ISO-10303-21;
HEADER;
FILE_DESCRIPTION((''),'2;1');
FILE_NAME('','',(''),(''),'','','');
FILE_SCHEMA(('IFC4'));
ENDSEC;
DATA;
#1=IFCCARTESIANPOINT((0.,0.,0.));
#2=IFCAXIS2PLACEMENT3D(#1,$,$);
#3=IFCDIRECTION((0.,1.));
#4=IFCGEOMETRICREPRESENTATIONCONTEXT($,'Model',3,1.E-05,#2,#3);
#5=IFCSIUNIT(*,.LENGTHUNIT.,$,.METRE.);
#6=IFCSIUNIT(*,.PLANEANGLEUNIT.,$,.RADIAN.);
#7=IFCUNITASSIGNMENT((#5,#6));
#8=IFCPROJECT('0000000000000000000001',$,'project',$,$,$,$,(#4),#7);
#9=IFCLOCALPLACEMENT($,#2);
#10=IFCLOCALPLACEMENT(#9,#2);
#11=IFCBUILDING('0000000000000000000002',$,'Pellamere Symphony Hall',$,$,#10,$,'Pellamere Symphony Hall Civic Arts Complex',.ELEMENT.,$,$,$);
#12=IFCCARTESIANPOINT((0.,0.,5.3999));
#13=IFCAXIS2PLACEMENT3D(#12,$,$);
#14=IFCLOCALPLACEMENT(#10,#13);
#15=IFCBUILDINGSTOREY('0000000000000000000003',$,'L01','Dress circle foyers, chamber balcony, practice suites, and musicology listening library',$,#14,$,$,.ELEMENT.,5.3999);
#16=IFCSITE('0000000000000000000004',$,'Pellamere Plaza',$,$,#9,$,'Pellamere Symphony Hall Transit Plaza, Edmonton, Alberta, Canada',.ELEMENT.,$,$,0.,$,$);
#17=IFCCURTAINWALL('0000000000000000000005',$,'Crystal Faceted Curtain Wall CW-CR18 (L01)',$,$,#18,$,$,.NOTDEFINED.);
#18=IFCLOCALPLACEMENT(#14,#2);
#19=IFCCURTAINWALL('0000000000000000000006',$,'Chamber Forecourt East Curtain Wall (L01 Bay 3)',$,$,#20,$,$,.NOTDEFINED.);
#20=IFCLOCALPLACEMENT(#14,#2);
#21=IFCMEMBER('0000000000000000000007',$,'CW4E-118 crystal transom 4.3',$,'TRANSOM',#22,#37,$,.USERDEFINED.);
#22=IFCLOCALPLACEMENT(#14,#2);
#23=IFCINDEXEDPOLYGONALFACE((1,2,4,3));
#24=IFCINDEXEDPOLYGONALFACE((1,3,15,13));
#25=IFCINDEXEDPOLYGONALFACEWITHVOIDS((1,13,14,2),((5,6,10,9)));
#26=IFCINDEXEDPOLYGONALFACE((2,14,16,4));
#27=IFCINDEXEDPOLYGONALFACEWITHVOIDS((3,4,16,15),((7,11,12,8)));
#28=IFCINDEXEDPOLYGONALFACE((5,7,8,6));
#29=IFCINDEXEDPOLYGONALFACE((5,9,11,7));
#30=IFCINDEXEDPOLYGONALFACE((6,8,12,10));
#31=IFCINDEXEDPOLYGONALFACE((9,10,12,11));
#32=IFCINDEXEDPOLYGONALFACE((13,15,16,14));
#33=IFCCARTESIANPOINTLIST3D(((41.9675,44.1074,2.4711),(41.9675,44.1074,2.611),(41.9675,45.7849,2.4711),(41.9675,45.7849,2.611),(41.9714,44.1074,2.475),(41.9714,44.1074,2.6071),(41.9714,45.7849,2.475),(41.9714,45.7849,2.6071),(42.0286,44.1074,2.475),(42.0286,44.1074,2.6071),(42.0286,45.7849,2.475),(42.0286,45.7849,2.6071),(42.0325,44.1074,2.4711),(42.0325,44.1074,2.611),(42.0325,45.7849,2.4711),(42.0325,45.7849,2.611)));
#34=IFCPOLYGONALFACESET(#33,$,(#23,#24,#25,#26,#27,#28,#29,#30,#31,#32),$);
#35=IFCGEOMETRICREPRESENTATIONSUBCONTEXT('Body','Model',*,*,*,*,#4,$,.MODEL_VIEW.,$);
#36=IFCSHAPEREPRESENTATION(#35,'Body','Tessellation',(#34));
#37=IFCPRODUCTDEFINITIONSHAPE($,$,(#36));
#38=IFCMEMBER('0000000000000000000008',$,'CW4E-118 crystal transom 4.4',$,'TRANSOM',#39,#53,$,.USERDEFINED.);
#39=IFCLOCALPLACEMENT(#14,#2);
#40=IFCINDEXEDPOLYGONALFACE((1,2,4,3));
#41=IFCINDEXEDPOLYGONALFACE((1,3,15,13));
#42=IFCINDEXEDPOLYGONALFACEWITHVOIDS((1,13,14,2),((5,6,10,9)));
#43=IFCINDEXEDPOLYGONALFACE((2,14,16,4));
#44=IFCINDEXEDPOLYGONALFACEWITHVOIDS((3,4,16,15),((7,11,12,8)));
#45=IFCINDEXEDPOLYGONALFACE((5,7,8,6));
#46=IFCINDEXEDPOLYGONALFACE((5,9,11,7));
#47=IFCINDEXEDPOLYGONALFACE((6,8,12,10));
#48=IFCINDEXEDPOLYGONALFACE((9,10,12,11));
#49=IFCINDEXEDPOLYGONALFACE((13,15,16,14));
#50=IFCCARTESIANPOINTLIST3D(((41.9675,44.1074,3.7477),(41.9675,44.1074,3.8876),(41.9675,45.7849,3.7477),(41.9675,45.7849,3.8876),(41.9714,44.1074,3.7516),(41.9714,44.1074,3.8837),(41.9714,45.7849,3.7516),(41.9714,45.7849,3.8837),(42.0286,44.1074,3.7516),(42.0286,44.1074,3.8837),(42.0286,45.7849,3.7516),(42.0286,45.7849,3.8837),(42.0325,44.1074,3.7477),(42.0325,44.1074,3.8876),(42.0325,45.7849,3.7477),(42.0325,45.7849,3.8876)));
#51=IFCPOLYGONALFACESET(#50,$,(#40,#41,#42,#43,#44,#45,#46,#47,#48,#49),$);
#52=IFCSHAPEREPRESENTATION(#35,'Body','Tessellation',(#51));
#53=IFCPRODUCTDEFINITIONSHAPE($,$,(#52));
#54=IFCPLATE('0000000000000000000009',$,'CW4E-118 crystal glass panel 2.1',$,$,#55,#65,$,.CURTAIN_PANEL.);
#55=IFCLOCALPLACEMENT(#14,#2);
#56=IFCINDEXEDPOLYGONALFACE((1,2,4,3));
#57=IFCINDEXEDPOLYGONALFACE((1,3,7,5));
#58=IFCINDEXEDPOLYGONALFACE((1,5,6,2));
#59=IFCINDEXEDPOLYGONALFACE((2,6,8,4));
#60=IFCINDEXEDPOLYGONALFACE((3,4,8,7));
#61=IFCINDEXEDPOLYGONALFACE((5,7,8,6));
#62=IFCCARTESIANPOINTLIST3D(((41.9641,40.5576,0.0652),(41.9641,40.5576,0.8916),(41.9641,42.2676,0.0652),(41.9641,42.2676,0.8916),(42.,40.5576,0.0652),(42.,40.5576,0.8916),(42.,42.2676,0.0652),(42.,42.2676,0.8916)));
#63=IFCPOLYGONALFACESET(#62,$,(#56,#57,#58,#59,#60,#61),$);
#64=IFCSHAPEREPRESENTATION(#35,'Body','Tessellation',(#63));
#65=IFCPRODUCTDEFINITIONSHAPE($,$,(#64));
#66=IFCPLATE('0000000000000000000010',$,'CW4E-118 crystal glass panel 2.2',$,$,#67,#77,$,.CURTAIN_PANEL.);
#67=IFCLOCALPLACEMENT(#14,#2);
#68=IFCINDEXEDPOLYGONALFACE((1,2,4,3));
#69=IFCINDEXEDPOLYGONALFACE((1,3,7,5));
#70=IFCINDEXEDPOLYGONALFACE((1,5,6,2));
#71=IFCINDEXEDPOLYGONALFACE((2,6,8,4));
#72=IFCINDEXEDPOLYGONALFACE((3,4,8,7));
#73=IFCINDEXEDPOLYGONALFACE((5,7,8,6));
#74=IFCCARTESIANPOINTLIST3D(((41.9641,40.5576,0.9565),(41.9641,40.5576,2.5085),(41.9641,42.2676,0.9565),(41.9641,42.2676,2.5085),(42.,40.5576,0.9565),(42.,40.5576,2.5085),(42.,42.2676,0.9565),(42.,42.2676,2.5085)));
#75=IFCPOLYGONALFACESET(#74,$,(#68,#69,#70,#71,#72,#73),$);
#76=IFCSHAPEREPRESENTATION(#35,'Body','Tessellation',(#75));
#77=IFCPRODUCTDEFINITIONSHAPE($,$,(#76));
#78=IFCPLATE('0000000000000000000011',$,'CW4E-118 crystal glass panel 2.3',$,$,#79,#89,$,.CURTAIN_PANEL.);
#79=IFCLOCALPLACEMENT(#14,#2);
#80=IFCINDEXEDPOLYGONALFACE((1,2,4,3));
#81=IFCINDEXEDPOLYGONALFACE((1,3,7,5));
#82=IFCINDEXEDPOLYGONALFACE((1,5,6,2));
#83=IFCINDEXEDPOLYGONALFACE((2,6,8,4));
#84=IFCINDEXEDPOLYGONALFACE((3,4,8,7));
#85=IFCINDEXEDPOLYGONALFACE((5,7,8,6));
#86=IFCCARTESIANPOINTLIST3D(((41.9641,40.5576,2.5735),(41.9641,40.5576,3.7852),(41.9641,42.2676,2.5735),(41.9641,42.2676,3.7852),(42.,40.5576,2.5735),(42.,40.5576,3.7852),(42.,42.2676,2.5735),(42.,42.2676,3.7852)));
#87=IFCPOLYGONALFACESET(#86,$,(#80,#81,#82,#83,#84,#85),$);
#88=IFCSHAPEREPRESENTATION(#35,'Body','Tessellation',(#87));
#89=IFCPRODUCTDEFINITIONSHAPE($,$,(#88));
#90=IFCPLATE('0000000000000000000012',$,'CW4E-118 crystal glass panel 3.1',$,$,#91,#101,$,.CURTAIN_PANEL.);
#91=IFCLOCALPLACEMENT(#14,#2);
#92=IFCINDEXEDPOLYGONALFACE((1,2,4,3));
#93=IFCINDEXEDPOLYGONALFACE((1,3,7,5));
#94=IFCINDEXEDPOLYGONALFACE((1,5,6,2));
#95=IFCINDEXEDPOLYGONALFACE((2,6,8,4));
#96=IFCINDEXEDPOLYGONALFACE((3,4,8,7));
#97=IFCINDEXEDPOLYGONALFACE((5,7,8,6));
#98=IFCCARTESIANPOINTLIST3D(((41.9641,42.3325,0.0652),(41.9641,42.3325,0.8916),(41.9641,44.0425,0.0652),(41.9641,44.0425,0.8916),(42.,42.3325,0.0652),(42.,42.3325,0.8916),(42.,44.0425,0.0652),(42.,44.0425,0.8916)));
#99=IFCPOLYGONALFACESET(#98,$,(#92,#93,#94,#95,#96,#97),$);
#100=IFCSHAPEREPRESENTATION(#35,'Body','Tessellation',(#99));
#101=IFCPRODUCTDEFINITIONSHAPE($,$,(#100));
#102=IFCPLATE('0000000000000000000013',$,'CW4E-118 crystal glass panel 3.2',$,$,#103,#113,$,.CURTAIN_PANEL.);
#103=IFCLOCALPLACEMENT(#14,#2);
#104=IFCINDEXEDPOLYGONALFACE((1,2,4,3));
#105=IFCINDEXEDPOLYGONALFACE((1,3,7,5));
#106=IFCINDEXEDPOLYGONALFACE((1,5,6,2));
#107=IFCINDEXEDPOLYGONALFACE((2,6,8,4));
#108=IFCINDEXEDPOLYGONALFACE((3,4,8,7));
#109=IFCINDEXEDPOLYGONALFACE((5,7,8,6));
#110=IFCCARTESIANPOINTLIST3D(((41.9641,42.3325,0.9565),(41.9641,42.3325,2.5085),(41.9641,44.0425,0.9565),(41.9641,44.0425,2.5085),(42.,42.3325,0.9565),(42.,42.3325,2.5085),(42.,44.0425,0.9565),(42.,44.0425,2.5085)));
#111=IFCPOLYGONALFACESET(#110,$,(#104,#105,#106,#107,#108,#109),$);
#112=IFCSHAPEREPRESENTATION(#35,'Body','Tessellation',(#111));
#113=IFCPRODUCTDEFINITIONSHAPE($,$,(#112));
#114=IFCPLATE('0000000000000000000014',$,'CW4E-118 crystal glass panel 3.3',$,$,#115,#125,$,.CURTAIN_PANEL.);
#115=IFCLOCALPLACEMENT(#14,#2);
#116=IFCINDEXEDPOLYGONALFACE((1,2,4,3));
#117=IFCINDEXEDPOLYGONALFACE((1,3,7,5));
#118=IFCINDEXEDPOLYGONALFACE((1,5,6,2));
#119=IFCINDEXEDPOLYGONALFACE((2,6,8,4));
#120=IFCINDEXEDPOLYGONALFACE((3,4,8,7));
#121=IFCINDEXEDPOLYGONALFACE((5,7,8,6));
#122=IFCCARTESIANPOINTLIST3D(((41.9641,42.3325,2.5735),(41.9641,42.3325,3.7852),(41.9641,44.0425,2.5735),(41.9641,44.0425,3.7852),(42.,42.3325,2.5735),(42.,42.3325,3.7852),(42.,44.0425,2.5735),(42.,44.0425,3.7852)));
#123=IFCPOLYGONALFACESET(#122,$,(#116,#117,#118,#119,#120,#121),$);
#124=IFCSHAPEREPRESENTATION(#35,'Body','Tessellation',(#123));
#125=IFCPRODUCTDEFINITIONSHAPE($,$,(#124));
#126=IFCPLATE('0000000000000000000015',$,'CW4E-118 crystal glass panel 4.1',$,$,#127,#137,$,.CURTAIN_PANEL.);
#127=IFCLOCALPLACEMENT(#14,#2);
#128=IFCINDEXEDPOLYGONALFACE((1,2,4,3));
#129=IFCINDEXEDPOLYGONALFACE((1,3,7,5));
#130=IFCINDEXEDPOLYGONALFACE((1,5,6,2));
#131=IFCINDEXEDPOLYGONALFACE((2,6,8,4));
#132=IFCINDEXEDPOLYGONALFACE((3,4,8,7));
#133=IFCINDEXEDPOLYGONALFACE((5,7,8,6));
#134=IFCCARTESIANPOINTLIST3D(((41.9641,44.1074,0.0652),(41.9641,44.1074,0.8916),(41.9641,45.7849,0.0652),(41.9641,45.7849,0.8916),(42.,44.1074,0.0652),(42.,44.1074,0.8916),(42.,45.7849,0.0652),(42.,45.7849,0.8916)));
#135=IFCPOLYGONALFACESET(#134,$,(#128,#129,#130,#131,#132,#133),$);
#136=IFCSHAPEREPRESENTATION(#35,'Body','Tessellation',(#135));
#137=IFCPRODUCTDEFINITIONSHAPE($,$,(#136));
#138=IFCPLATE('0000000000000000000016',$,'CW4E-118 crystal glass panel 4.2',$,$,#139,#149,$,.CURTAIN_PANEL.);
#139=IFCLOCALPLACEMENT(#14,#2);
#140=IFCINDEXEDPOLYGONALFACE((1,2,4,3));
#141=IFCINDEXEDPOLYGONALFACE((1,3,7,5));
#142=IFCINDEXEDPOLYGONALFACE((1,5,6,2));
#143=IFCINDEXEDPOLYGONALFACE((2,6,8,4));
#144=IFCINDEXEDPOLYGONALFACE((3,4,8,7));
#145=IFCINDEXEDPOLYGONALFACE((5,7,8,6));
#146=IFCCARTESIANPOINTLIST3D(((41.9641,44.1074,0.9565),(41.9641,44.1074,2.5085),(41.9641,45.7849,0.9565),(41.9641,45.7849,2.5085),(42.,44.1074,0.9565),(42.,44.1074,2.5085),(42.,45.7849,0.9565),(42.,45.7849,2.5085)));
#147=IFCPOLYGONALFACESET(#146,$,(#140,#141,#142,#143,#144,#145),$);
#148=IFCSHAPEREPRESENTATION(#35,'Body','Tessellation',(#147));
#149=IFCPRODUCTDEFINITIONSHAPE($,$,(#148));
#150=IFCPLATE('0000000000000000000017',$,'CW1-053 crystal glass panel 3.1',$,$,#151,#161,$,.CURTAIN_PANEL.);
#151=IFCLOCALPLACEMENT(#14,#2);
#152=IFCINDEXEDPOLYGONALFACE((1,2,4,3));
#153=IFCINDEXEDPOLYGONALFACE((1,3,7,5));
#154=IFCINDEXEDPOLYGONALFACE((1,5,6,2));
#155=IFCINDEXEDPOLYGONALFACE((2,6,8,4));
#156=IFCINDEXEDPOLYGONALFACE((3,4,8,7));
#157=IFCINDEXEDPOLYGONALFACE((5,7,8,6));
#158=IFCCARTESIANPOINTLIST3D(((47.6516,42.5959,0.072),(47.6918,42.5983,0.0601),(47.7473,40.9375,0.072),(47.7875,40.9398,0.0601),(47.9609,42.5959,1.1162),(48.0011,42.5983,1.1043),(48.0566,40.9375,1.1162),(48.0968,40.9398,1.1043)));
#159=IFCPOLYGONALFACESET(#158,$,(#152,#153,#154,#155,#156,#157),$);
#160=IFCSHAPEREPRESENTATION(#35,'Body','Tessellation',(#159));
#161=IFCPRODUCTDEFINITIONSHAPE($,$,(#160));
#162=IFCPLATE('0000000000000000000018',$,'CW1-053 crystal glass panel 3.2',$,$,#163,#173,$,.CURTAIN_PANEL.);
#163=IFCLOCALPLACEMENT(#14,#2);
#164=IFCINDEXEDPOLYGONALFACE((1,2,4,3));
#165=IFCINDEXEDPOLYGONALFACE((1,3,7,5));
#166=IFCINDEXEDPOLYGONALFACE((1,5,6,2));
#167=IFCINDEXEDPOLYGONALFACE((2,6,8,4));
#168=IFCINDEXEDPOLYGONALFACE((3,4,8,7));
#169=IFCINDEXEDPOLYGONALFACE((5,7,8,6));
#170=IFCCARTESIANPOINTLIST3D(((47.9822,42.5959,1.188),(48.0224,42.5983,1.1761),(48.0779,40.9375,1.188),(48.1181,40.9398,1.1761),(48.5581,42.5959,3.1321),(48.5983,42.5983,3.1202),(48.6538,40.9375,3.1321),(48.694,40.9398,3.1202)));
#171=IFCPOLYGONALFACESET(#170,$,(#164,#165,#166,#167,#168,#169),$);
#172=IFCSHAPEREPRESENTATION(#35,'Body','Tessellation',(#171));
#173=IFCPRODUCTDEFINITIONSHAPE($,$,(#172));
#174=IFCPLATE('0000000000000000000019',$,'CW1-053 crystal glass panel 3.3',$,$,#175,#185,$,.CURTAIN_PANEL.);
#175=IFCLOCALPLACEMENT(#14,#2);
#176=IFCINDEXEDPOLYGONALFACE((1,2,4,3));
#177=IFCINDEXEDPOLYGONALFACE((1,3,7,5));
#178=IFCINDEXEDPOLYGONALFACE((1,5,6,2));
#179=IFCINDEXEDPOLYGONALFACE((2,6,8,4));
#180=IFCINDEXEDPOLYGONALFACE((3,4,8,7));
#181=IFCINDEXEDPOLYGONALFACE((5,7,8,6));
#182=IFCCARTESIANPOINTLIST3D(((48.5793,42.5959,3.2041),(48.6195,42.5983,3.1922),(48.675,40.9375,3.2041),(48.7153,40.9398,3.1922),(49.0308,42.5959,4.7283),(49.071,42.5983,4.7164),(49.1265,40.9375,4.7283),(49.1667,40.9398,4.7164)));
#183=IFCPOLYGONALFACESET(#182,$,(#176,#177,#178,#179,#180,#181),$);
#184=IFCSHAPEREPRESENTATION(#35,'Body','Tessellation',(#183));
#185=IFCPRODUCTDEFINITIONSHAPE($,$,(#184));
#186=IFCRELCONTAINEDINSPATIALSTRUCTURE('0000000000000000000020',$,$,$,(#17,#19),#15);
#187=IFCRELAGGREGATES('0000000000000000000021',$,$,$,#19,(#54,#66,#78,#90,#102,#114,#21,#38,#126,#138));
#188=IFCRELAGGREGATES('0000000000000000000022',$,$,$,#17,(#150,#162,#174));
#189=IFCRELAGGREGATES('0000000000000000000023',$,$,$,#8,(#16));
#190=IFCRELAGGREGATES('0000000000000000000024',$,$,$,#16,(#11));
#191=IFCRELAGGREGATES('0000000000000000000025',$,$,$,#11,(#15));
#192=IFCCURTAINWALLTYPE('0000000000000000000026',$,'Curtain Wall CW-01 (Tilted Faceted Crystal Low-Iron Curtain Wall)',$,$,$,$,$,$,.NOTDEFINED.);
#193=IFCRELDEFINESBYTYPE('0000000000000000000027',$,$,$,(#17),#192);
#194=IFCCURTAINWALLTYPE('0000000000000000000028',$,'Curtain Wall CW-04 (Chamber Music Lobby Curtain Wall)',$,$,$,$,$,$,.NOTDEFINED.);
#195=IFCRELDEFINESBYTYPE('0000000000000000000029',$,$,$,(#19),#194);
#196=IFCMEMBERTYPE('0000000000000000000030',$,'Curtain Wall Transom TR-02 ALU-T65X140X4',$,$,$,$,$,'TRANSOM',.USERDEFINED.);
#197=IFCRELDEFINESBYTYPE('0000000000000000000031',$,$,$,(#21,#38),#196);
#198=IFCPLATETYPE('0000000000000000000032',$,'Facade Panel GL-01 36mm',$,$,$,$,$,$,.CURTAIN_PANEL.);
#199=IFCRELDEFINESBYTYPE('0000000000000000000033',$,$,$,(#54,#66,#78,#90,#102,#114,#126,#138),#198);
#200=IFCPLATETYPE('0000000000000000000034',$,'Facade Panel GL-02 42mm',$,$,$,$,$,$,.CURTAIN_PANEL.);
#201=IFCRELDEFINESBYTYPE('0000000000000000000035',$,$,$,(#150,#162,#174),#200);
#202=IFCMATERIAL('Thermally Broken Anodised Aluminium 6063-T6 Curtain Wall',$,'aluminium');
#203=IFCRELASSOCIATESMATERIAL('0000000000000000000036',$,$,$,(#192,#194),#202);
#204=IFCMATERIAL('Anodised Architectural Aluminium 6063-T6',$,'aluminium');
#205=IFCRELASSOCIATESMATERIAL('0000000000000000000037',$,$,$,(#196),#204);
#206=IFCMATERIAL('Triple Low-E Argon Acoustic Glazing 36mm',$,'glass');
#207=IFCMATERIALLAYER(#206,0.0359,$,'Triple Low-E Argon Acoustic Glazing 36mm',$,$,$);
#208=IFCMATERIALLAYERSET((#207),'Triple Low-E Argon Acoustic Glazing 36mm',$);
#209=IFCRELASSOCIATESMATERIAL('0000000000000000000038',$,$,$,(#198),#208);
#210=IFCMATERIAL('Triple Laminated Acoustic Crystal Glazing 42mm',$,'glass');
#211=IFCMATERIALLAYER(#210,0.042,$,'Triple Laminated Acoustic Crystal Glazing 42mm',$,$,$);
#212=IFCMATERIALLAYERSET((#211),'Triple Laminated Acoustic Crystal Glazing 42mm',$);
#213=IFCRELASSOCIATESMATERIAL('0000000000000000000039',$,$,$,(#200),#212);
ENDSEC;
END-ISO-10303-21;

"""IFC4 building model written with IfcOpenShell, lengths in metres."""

from ifc_helpers import new_model, si_unit, direction, frame, origin, origin_2d, place, context, subcontext, project, spatial, polyline, hollow_rectangle, outline, extrude, material, layer, layer_set, material_profile, profile_set, type_object, element, aggregate, save


model = new_model("IFC4")

# Units and contexts
model_context = context("Model", 3, precision=1e-05, world=origin(), true_north=direction((0.0, 1.0)))
body_context = subcontext(model_context, "Body", "Model", "MODEL_VIEW")
ifc_project = project(units=[si_unit("LENGTHUNIT", "METRE"), si_unit("PLANEANGLEUNIT", "RADIAN")], contexts=[model_context])

# Site, building, storey
site_placement = place(None, origin())
site = spatial("IfcSite", under=ifc_project, at=site_placement, Name="Pellamere Plaza", LongName="Pellamere Symphony Hall Transit Plaza, Edmonton, Alberta, Canada", CompositionType="ELEMENT", RefElevation=0.0)
building_placement = place(site_placement, origin())
building = spatial("IfcBuilding", under=site, at=building_placement, Name="Pellamere Symphony Hall", LongName="Pellamere Symphony Hall Civic Arts Complex", CompositionType="ELEMENT")
storey_placement = place(building_placement, frame((0.0, 0.0, 5.3999)))
storey = spatial("IfcBuildingStorey", under=building, at=storey_placement, Name="L01", Description="Dress circle foyers, chamber balcony, practice suites, and musicology listening library", CompositionType="ELEMENT", Elevation=5.3999)

# Curtain walls
ifc_material_1 = material(Name="Thermally Broken Anodised Aluminium 6063-T6 Curtain Wall", Category="aluminium")
curtain_wall_type_1 = type_object("IfcCurtainWallType", Name="Curtain Wall CW-01 (Tilted Faceted Crystal Low-Iron Curtain Wall)", PredefinedType="NOTDEFINED", material=ifc_material_1)
curtain_wall_1_placement = place(storey_placement, origin())
curtain_wall_1 = element("IfcCurtainWall", 1, at=curtain_wall_1_placement, inside=storey, type_object=curtain_wall_type_1, Name="Crystal Faceted Curtain Wall CW-CR18 (L01)", PredefinedType="NOTDEFINED")
ifc_material_2 = material(Name="Anodised Architectural Aluminium 6063-T6", Category="aluminium")
curtain_wall_type_2 = type_object("IfcCurtainWallType", Name="Curtain Wall CW-04 (Chamber Music Lobby Curtain Wall)", PredefinedType="NOTDEFINED", material=ifc_material_1)
curtain_wall_2_placement = place(storey_placement, origin())
curtain_wall_2 = element("IfcCurtainWall", 2, at=curtain_wall_2_placement, inside=storey, type_object=curtain_wall_type_2, Name="Chamber Forecourt East Curtain Wall (L01 Bay 3)", PredefinedType="NOTDEFINED")

# Members
ifc_material_profile_1 = material_profile(ifc_material_2, hollow_rectangle(XDim=0.0649, YDim=0.1399, WallThickness=0.0039, at=origin_2d()), Name="ALU-T65X140X4")
ifc_profile_set_1 = profile_set([ifc_material_profile_1], Name="Anodised Architectural Aluminium 6063-T6")
member_type_1 = type_object("IfcMemberType", Name="Curtain Wall Transom TR-02 ALU-T65X140X4", ElementType="TRANSOM", PredefinedType="USERDEFINED", material=ifc_profile_set_1)
member_1_placement = place(storey_placement, frame((42.0, 44.1074, 2.541), z_axis=(0.0, 1.0, 0.0), x_axis=(-1.0, 0.0, 0.0)))
member_1 = element("IfcMember", 3, at=member_1_placement, type_object=member_type_1, Name="CW4E-118 crystal transom 4.3", ObjectType="TRANSOM", PredefinedType="USERDEFINED", context=body_context, shape_type="SweptSolid", body=[
    extrude(hollow_rectangle(XDim=0.0649, YDim=0.1399, WallThickness=0.0039, at=origin_2d()), origin(), (0.0, 0.0, 1.0), 1.6775),
])
member_2_placement = place(storey_placement, frame((42.0, 44.1074, 3.8176), z_axis=(0.0, 1.0, 0.0), x_axis=(-1.0, 0.0, 0.0)))
member_2 = element("IfcMember", 4, at=member_2_placement, type_object=member_type_1, Name="CW4E-118 crystal transom 4.4", ObjectType="TRANSOM", PredefinedType="USERDEFINED", context=body_context, shape_type="SweptSolid", body=[
    extrude(hollow_rectangle(XDim=0.0649, YDim=0.1399, WallThickness=0.0039, at=origin_2d()), origin(), (0.0, 0.0, 1.0), 1.6775),
])

# Plates
ifc_material_3 = material(Name="Triple Low-E Argon Acoustic Glazing 36mm", Category="glass")
ifc_layer_1 = layer(ifc_material_3, 0.0359, Name="Triple Low-E Argon Acoustic Glazing 36mm")
ifc_layer_set_1 = layer_set([ifc_layer_1], Name="Triple Low-E Argon Acoustic Glazing 36mm")
plate_type_1 = type_object("IfcPlateType", Name="Facade Panel GL-01 36mm", PredefinedType="CURTAIN_PANEL", material=ifc_layer_set_1)
plate_1_placement = place(storey_placement, frame((42.0, 40.5576, 0.0652), z_axis=(1.0, 0.0, 0.0), x_axis=(0.0, 1.0, 0.0)))
plate_1 = element("IfcPlate", 5, at=plate_1_placement, type_object=plate_type_1, Name="CW4E-118 crystal glass panel 2.1", PredefinedType="CURTAIN_PANEL", context=body_context, shape_type="SweptSolid", body=[
    extrude(outline(polyline([(0.0, 0.0), (1.71, 0.0), (1.71, 0.8264), (0.0, 0.8264), (0.0, 0.0)])), origin(), (0.0, 0.0, -1.0), 0.0359),
])
plate_2_placement = place(storey_placement, frame((42.0, 40.5576, 0.9565), z_axis=(1.0, 0.0, 0.0), x_axis=(0.0, 1.0, 0.0)))
plate_2 = element("IfcPlate", 6, at=plate_2_placement, type_object=plate_type_1, Name="CW4E-118 crystal glass panel 2.2", PredefinedType="CURTAIN_PANEL", context=body_context, shape_type="SweptSolid", body=[
    extrude(outline(polyline([(0.0, 0.0), (1.71, 0.0), (1.71, 1.552), (0.0, 1.552), (0.0, 0.0)])), origin(), (0.0, 0.0, -1.0), 0.0359),
])
plate_3_placement = place(storey_placement, frame((42.0, 40.5576, 2.5735), z_axis=(1.0, 0.0, 0.0), x_axis=(0.0, 1.0, 0.0)))
plate_3 = element("IfcPlate", 7, at=plate_3_placement, type_object=plate_type_1, Name="CW4E-118 crystal glass panel 2.3", PredefinedType="CURTAIN_PANEL", context=body_context, shape_type="SweptSolid", body=[
    extrude(outline(polyline([(0.0, 0.0), (1.71, 0.0), (1.71, 1.2117), (0.0, 1.2117), (0.0, 0.0)])), origin(), (0.0, 0.0, -1.0), 0.0359),
])
plate_4_placement = place(storey_placement, frame((42.0, 42.3325, 0.0652), z_axis=(1.0, 0.0, 0.0), x_axis=(0.0, 1.0, 0.0)))
plate_4 = element("IfcPlate", 8, at=plate_4_placement, type_object=plate_type_1, Name="CW4E-118 crystal glass panel 3.1", PredefinedType="CURTAIN_PANEL", context=body_context, shape_type="SweptSolid", body=[
    extrude(outline(polyline([(0.0, 0.0), (1.71, 0.0), (1.71, 0.8264), (0.0, 0.8264), (0.0, 0.0)])), origin(), (0.0, 0.0, -1.0), 0.0359),
])
plate_5_placement = place(storey_placement, frame((42.0, 42.3325, 0.9565), z_axis=(1.0, 0.0, 0.0), x_axis=(0.0, 1.0, 0.0)))
plate_5 = element("IfcPlate", 9, at=plate_5_placement, type_object=plate_type_1, Name="CW4E-118 crystal glass panel 3.2", PredefinedType="CURTAIN_PANEL", context=body_context, shape_type="SweptSolid", body=[
    extrude(outline(polyline([(0.0, 0.0), (1.71, 0.0), (1.71, 1.552), (0.0, 1.552), (0.0, 0.0)])), origin(), (0.0, 0.0, -1.0), 0.0359),
])
plate_6_placement = place(storey_placement, frame((42.0, 42.3325, 2.5735), z_axis=(1.0, 0.0, 0.0), x_axis=(0.0, 1.0, 0.0)))
plate_6 = element("IfcPlate", 10, at=plate_6_placement, type_object=plate_type_1, Name="CW4E-118 crystal glass panel 3.3", PredefinedType="CURTAIN_PANEL", context=body_context, shape_type="SweptSolid", body=[
    extrude(outline(polyline([(0.0, 0.0), (1.71, 0.0), (1.71, 1.2117), (0.0, 1.2117), (0.0, 0.0)])), origin(), (0.0, 0.0, -1.0), 0.0359),
])
plate_7_placement = place(storey_placement, frame((42.0, 44.1074, 0.0652), z_axis=(1.0, 0.0, 0.0), x_axis=(0.0, 1.0, 0.0)))
plate_7 = element("IfcPlate", 11, at=plate_7_placement, type_object=plate_type_1, Name="CW4E-118 crystal glass panel 4.1", PredefinedType="CURTAIN_PANEL", context=body_context, shape_type="SweptSolid", body=[
    extrude(outline(polyline([(0.0, 0.0), (1.6775, 0.0), (1.6775, 0.8264), (0.0, 0.8264), (0.0, 0.0)])), origin(), (0.0, 0.0, -1.0), 0.0359),
])
plate_8_placement = place(storey_placement, frame((42.0, 44.1074, 0.9565), z_axis=(1.0, 0.0, 0.0), x_axis=(0.0, 1.0, 0.0)))
plate_8 = element("IfcPlate", 12, at=plate_8_placement, type_object=plate_type_1, Name="CW4E-118 crystal glass panel 4.2", PredefinedType="CURTAIN_PANEL", context=body_context, shape_type="SweptSolid", body=[
    extrude(outline(polyline([(0.0, 0.0), (1.6775, 0.0), (1.6775, 1.552), (0.0, 1.552), (0.0, 0.0)])), origin(), (0.0, 0.0, -1.0), 0.0359),
])
aggregate(curtain_wall_2, [plate_1, plate_2, plate_3, plate_4, plate_5, plate_6, member_1, member_2, plate_7, plate_8])
ifc_material_4 = material(Name="Triple Laminated Acoustic Crystal Glazing 42mm", Category="glass")
ifc_layer_2 = layer(ifc_material_4, 0.042, Name="Triple Laminated Acoustic Crystal Glazing 42mm")
ifc_layer_set_2 = layer_set([ifc_layer_2], Name="Triple Laminated Acoustic Crystal Glazing 42mm")
plate_type_2 = type_object("IfcPlateType", Name="Facade Panel GL-02 42mm", PredefinedType="CURTAIN_PANEL", material=ifc_layer_set_2)
plate_9_placement = place(storey_placement, frame((47.6516, 42.5959, 0.072), z_axis=(-0.95735, -0.055245, 0.283601), x_axis=(0.057611, -0.998339, 0.0)))
plate_9 = element("IfcPlate", 13, at=plate_9_placement, type_object=plate_type_2, Name="CW1-053 crystal glass panel 3.1", PredefinedType="CURTAIN_PANEL", context=body_context, shape_type="SweptSolid", body=[
    extrude(outline(polyline([(0.0, 0.0), (1.6612, 0.0), (1.679, 1.0889), (0.0178, 1.0889), (0.0, 0.0)])), origin(), (0.0, 0.0, -1.0), 0.042),
])
plate_10_placement = place(storey_placement, frame((47.9822, 42.5959, 1.188), z_axis=(-0.957347, -0.055245, 0.283609), x_axis=(0.057611, -0.998339, 0.0)))
plate_10 = element("IfcPlate", 14, at=plate_10_placement, type_object=plate_type_2, Name="CW1-053 crystal glass panel 3.2", PredefinedType="CURTAIN_PANEL", context=body_context, shape_type="SweptSolid", body=[
    extrude(outline(polyline([(0.0, 0.0), (1.6612, 0.0), (1.6944, 2.0273), (0.0332, 2.0273), (0.0, 0.0)])), origin(), (0.0, 0.0, -1.0), 0.042),
])
plate_11_placement = place(storey_placement, frame((48.5793, 42.5959, 3.2041), z_axis=(-0.957366, -0.055246, 0.283545), x_axis=(0.057611, -0.998339, 0.0)))
plate_11 = element("IfcPlate", 15, at=plate_11_placement, type_object=plate_type_2, Name="CW1-053 crystal glass panel 3.3", PredefinedType="CURTAIN_PANEL", context=body_context, shape_type="SweptSolid", body=[
    extrude(outline(polyline([(0.0, 0.0), (1.6612, 0.0), (1.6872, 1.5894), (0.026, 1.5894), (0.0, 0.0)])), origin(), (0.0, 0.0, -1.0), 0.042),
])
aggregate(curtain_wall_1, [plate_9, plate_10, plate_11])

save(model, "model.ifc")
